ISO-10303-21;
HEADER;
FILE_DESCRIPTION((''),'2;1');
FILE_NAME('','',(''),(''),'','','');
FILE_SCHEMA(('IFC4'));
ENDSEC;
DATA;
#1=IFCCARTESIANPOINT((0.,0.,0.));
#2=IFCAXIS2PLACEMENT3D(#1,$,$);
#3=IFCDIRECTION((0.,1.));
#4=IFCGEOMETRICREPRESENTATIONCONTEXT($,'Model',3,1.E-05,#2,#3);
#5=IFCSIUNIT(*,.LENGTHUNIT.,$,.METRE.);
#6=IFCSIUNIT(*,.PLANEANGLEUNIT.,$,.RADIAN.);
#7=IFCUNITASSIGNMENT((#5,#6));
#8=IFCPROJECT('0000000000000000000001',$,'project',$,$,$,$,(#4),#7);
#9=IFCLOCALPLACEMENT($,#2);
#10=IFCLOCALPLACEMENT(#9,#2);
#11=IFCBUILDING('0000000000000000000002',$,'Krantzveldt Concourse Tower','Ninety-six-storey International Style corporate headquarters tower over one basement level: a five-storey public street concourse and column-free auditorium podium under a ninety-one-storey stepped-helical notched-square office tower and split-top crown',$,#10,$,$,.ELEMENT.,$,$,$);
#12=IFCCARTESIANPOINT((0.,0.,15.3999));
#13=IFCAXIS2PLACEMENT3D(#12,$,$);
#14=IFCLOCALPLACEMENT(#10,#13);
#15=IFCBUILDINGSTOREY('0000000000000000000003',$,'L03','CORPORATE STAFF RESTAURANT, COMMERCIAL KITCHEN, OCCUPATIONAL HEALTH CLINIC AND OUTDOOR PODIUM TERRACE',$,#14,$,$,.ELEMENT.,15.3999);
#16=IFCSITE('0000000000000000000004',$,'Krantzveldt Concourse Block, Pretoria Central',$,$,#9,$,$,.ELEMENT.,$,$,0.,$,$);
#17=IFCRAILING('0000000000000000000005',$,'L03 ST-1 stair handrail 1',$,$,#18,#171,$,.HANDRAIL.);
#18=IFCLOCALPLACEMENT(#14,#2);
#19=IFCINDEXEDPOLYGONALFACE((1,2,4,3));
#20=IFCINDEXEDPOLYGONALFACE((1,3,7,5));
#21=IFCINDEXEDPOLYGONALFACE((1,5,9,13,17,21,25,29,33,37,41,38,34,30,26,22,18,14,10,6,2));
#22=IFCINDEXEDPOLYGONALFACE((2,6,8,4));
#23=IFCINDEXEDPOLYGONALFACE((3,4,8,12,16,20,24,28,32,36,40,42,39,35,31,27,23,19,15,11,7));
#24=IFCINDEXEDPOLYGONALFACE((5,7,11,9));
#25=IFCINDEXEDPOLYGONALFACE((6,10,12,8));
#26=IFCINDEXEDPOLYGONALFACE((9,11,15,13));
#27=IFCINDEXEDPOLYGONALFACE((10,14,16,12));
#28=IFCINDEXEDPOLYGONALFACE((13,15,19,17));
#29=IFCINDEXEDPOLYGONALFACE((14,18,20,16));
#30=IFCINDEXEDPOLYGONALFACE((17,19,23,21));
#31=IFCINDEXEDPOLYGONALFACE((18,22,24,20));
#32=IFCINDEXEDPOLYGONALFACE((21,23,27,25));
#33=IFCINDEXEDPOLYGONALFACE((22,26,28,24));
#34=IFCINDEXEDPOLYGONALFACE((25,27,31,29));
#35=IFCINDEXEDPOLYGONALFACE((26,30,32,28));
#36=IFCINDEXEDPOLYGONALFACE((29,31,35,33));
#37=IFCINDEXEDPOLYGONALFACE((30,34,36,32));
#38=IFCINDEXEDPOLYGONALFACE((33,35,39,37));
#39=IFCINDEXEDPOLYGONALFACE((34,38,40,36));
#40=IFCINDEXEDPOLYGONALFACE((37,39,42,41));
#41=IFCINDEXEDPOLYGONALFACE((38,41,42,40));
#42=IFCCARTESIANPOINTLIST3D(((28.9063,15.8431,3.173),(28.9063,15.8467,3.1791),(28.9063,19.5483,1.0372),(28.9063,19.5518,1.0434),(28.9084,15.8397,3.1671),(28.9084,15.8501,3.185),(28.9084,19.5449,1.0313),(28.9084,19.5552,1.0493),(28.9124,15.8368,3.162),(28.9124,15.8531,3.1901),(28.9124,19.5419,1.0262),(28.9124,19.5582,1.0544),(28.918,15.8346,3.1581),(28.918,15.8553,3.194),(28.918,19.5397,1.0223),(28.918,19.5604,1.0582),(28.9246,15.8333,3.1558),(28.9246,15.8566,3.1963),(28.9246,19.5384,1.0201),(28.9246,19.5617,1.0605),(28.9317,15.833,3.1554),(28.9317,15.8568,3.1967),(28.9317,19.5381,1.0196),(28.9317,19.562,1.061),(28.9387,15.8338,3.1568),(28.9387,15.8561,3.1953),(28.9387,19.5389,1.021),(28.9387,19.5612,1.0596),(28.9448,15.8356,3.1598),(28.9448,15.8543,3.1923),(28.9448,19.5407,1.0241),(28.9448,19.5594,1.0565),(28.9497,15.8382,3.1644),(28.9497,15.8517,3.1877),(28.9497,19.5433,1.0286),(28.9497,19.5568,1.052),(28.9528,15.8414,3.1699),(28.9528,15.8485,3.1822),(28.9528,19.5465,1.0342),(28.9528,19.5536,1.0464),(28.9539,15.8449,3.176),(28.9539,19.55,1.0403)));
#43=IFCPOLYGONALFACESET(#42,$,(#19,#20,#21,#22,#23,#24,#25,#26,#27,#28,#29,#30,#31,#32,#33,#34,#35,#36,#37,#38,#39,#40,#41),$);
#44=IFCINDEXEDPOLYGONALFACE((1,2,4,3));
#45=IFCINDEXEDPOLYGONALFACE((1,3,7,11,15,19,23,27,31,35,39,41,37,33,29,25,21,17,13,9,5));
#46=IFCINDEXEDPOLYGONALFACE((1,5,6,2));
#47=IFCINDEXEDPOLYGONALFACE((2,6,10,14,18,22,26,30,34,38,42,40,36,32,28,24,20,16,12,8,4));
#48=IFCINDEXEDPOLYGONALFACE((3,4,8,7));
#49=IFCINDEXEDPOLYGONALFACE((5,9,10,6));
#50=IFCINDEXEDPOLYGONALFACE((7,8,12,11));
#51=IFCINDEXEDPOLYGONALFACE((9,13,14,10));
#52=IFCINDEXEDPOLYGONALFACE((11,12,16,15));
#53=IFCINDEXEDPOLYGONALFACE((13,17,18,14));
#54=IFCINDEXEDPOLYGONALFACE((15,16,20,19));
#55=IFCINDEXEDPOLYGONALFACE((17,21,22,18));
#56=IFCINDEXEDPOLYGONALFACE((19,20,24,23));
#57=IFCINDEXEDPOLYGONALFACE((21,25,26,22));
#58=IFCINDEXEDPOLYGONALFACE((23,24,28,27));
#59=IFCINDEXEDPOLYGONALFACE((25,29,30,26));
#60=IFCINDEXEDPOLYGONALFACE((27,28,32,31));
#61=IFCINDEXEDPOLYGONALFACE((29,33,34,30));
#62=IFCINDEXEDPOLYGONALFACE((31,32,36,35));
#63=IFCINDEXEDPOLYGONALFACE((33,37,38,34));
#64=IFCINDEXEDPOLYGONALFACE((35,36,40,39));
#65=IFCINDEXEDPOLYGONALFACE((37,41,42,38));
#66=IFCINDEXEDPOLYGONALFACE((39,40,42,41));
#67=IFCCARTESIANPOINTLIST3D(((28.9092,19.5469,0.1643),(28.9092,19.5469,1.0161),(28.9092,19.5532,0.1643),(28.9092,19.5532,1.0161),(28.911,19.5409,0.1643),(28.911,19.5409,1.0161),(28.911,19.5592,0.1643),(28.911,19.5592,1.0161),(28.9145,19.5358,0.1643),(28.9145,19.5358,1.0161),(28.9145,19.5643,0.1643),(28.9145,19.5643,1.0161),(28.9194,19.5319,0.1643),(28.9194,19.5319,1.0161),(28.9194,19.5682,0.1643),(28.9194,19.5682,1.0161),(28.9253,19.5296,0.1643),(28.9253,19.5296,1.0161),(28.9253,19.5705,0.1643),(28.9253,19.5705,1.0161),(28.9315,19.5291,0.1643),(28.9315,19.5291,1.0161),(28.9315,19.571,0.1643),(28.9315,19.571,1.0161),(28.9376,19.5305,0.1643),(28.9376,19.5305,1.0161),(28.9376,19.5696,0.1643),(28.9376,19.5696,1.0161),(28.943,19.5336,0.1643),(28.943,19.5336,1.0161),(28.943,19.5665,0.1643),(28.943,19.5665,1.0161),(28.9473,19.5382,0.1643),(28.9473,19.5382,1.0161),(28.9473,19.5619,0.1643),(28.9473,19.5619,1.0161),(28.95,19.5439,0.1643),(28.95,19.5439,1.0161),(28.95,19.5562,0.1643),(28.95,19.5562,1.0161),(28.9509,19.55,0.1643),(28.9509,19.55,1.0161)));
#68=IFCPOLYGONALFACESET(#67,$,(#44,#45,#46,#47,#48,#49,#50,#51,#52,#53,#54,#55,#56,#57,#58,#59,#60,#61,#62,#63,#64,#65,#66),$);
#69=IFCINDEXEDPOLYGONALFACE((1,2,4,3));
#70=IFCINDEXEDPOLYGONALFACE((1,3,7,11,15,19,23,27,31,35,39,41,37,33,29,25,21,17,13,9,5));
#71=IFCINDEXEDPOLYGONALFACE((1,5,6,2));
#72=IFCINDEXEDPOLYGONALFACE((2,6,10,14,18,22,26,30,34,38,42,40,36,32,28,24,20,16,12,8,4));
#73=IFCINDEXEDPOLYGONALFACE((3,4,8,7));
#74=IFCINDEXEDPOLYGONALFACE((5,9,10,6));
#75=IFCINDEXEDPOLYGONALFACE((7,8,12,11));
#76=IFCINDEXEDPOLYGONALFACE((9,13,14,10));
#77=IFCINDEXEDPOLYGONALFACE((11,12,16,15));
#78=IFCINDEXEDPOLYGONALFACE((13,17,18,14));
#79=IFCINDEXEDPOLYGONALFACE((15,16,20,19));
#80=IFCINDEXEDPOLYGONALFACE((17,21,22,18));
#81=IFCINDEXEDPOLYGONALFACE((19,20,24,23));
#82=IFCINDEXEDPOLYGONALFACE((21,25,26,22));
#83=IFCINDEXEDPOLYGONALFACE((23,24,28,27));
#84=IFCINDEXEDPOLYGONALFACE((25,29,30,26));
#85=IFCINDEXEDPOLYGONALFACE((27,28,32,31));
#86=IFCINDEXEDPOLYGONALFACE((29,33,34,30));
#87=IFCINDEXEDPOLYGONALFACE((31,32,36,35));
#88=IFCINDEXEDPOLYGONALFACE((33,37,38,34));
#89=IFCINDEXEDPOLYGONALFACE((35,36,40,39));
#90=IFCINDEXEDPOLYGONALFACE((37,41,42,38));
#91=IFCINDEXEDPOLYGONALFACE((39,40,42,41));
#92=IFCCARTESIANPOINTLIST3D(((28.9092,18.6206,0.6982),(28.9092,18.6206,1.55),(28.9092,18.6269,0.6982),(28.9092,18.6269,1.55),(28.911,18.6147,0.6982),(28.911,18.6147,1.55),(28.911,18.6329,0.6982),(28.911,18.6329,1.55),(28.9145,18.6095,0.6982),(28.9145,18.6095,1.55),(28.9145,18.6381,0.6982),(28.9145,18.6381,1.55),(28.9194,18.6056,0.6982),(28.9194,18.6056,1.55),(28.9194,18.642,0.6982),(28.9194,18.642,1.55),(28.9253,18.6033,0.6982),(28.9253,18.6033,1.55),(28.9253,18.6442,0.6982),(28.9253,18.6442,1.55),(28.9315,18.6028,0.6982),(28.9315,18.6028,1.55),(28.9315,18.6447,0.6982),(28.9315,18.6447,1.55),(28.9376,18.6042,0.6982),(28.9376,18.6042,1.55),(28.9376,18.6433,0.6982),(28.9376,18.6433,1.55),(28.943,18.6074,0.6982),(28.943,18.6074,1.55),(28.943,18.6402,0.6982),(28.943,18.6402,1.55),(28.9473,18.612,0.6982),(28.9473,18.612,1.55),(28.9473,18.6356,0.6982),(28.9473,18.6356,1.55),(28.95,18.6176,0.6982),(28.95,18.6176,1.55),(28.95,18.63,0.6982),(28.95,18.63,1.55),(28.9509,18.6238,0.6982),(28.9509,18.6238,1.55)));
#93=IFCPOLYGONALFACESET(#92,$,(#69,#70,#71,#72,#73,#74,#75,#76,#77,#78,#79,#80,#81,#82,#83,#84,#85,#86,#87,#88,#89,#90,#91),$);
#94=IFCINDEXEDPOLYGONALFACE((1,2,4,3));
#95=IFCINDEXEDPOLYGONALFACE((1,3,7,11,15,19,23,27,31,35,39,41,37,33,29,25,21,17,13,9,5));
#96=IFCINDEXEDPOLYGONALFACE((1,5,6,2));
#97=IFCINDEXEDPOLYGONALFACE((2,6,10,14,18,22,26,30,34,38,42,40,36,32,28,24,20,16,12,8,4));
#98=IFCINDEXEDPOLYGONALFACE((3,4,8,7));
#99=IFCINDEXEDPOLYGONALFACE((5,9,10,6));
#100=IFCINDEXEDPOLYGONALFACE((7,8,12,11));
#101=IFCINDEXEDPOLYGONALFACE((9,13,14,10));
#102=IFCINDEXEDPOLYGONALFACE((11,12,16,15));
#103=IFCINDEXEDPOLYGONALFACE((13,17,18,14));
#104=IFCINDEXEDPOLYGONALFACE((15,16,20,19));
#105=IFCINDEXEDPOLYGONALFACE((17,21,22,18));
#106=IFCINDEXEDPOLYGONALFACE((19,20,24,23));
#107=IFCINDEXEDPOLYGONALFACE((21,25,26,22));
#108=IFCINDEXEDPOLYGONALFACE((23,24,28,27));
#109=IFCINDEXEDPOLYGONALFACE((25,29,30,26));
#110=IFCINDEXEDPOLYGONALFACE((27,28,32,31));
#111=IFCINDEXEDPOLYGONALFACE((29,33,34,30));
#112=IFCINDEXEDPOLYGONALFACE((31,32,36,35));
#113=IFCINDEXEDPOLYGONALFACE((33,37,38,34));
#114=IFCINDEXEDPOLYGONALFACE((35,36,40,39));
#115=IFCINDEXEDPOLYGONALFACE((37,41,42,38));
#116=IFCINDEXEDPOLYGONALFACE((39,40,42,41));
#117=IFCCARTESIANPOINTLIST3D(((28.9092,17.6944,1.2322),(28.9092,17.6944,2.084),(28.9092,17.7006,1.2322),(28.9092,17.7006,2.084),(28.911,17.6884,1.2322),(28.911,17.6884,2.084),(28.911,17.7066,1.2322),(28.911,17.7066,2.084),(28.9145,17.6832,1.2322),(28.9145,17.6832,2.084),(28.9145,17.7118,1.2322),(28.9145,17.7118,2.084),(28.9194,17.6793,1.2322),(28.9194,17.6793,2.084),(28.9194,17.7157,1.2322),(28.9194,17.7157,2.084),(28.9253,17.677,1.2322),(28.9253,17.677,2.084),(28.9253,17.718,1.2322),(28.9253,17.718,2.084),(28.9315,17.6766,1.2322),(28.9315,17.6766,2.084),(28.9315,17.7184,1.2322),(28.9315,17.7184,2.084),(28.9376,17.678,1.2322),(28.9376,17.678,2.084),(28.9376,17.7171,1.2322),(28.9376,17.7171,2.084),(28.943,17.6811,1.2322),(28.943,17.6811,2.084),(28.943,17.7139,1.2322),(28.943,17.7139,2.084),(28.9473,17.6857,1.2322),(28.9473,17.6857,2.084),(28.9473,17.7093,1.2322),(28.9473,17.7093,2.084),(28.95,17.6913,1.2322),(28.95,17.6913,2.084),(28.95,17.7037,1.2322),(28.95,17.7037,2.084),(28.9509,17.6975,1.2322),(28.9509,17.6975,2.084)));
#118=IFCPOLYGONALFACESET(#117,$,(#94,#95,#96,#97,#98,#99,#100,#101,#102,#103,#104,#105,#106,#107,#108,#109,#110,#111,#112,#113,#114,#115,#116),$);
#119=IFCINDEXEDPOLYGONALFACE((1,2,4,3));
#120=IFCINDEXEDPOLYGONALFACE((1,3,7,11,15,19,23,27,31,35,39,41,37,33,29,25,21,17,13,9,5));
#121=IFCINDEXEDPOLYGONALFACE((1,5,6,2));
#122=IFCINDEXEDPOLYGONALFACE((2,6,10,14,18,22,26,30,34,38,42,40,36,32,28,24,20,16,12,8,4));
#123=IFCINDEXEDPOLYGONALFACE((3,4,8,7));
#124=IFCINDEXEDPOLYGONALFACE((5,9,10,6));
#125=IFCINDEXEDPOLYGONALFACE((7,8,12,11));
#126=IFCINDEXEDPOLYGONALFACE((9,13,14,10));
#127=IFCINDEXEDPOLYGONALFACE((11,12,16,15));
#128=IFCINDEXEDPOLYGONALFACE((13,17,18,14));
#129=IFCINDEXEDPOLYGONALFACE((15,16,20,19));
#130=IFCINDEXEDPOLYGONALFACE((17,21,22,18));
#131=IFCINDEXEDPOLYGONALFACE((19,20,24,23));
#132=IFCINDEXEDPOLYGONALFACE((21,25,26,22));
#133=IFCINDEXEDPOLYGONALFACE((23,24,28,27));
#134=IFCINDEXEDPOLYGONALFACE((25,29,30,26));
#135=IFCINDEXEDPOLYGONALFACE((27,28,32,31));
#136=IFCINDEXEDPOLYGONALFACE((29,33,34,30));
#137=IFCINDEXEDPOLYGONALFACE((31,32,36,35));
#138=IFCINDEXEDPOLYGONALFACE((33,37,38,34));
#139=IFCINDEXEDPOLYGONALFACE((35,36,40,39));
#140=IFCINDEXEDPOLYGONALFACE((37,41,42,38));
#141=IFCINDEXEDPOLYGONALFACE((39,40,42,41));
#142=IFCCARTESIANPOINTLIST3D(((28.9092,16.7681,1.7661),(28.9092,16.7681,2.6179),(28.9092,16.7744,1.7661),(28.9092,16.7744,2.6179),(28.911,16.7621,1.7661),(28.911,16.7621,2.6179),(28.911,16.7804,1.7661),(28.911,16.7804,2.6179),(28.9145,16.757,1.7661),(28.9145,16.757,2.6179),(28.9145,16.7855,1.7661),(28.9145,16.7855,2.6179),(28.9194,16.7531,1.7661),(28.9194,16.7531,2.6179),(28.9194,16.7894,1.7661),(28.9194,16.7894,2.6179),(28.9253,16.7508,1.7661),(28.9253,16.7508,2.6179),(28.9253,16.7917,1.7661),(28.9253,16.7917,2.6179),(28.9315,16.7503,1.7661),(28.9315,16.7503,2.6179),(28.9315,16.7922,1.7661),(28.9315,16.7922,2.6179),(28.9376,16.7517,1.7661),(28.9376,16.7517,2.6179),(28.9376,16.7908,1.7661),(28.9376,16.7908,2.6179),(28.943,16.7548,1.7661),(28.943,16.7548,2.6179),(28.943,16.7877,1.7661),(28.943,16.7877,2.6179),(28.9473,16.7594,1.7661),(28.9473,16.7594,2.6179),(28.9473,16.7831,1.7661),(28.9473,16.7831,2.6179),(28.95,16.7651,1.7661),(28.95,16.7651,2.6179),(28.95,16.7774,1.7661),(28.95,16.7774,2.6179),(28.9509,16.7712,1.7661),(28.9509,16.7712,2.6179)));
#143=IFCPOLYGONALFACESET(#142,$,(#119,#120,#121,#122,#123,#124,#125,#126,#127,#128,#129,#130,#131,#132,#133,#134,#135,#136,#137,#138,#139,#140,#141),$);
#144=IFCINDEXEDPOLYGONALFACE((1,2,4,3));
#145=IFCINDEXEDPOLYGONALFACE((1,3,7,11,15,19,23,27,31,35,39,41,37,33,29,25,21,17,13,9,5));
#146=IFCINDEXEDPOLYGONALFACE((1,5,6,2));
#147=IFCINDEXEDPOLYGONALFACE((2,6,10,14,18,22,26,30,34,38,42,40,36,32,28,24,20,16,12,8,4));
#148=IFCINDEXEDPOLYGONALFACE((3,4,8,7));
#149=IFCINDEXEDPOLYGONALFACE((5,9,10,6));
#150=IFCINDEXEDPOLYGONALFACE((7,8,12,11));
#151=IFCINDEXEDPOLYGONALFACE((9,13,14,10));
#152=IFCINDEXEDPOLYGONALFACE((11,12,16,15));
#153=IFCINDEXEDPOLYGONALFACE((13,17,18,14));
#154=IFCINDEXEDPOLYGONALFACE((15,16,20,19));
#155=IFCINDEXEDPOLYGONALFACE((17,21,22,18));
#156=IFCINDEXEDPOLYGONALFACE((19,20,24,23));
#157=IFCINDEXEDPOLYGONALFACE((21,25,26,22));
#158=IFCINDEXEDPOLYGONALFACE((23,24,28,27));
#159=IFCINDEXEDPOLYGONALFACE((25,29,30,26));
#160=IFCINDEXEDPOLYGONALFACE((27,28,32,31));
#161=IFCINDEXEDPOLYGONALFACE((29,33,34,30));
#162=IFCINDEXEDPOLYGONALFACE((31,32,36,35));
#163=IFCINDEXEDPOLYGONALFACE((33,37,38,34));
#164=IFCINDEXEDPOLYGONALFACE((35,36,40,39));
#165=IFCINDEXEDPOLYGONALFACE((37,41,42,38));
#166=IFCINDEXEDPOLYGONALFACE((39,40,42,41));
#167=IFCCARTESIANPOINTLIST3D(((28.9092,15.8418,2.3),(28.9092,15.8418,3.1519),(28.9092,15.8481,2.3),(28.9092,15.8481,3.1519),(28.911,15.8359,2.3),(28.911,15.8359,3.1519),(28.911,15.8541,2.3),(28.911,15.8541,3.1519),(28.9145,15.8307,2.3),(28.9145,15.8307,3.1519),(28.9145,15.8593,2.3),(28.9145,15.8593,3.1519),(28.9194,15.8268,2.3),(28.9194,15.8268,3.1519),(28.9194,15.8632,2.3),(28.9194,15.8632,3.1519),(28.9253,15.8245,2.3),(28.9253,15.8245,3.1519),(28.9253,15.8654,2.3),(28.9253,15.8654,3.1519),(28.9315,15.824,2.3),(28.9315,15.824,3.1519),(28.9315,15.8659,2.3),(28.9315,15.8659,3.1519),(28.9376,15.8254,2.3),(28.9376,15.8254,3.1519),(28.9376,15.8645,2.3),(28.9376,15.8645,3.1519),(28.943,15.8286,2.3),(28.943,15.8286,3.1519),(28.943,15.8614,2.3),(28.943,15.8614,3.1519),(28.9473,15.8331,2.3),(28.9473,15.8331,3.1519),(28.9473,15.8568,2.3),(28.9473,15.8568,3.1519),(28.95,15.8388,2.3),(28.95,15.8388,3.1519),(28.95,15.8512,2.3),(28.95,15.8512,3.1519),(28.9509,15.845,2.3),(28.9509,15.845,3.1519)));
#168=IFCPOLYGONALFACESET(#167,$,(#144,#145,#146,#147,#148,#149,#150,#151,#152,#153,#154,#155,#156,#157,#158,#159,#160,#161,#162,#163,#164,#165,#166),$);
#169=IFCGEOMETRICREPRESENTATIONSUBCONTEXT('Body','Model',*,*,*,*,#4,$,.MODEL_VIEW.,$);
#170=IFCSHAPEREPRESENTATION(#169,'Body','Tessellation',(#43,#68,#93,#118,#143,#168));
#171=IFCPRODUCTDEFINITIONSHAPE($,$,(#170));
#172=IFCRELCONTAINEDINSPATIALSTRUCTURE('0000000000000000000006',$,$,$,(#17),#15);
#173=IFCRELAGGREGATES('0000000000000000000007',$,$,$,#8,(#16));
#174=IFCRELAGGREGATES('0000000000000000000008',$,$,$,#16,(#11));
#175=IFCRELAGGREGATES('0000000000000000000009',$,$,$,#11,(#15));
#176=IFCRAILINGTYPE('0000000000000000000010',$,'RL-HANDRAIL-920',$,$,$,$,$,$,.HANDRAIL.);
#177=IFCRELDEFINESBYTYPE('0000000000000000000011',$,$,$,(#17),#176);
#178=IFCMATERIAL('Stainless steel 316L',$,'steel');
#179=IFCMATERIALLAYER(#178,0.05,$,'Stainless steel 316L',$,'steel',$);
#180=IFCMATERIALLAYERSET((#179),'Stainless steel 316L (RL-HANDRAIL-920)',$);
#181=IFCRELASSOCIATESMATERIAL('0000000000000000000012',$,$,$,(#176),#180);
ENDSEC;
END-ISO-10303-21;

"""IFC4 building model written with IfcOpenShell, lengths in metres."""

from ifc_helpers import new_model, si_unit, direction, frame, origin, origin_2d, place, context, subcontext, project, spatial, circle, extrude, material, layer, layer_set, type_object, element, save


model = new_model("IFC4")

# Units and contexts
model_context = context("Model", 3, precision=1e-05, world=origin(), true_north=direction((0.0, 1.0)))
body_context = subcontext(model_context, "Body", "Model", "MODEL_VIEW")
ifc_project = project(units=[si_unit("LENGTHUNIT", "METRE"), si_unit("PLANEANGLEUNIT", "RADIAN")], contexts=[model_context])

# Site, building, storey
site_placement = place(None, origin())
site = spatial("IfcSite", under=ifc_project, at=site_placement, Name="Krantzveldt Concourse Block, Pretoria Central", CompositionType="ELEMENT", RefElevation=0.0)
building_placement = place(site_placement, origin())
building = spatial("IfcBuilding", under=site, at=building_placement, Name="Krantzveldt Concourse Tower", Description="Ninety-six-storey International Style corporate headquarters tower over one basement level: a five-storey public street concourse and column-free auditorium podium under a ninety-one-storey stepped-helical notched-square office tower and split-top crown", CompositionType="ELEMENT")
storey_placement = place(building_placement, frame((0.0, 0.0, 15.3999)))
storey = spatial("IfcBuildingStorey", under=building, at=storey_placement, Name="L03", Description="CORPORATE STAFF RESTAURANT, COMMERCIAL KITCHEN, OCCUPATIONAL HEALTH CLINIC AND OUTDOOR PODIUM TERRACE", CompositionType="ELEMENT", Elevation=15.3999)

# Shared definitions
ifc_material_1 = material(Name="Stainless steel 316L", Category="steel")

# Railing
ifc_layer_1 = layer(ifc_material_1, 0.05, Name="Stainless steel 316L", Category="steel")
ifc_layer_set_1 = layer_set([ifc_layer_1], Name="Stainless steel 316L (RL-HANDRAIL-920)")
railing_type_1 = type_object("IfcRailingType", Name="RL-HANDRAIL-920", PredefinedType="HANDRAIL", material=ifc_layer_set_1)
railing_1_placement = place(storey_placement, frame((28.9299, 19.55, 0.1643)))
element("IfcRailing", 1, at=railing_1_placement, inside=storey, type_object=railing_type_1, Name="L03 ST-1 stair handrail 1", PredefinedType="HANDRAIL", context=body_context, shape_type="SweptSolid", body=[
    extrude(circle(Radius=0.0239, at=origin_2d()), frame((0.0, 0.0, 0.876), z_axis=(0.0, -0.866368, 0.499406), x_axis=(1.0, 0.0, 0.0)), (0.0, 0.0, 1.0), 4.2766),
    extrude(circle(Radius=0.021, at=origin_2d()), origin(), (0.0, 0.0, 1.0), 0.8518),
    extrude(circle(Radius=0.021, at=origin_2d()), frame((0.0, -0.9263, 0.5339)), (0.0, 0.0, 1.0), 0.8518),
    extrude(circle(Radius=0.021, at=origin_2d()), frame((0.0, -1.8525, 1.0679)), (0.0, 0.0, 1.0), 0.8518),
    extrude(circle(Radius=0.021, at=origin_2d()), frame((0.0, -2.7788, 1.6018)), (0.0, 0.0, 1.0), 0.8518),
    extrude(circle(Radius=0.021, at=origin_2d()), frame((0.0, -3.7051, 2.1357)), (0.0, 0.0, 1.0), 0.8518),
])

save(model, "model.ifc")
